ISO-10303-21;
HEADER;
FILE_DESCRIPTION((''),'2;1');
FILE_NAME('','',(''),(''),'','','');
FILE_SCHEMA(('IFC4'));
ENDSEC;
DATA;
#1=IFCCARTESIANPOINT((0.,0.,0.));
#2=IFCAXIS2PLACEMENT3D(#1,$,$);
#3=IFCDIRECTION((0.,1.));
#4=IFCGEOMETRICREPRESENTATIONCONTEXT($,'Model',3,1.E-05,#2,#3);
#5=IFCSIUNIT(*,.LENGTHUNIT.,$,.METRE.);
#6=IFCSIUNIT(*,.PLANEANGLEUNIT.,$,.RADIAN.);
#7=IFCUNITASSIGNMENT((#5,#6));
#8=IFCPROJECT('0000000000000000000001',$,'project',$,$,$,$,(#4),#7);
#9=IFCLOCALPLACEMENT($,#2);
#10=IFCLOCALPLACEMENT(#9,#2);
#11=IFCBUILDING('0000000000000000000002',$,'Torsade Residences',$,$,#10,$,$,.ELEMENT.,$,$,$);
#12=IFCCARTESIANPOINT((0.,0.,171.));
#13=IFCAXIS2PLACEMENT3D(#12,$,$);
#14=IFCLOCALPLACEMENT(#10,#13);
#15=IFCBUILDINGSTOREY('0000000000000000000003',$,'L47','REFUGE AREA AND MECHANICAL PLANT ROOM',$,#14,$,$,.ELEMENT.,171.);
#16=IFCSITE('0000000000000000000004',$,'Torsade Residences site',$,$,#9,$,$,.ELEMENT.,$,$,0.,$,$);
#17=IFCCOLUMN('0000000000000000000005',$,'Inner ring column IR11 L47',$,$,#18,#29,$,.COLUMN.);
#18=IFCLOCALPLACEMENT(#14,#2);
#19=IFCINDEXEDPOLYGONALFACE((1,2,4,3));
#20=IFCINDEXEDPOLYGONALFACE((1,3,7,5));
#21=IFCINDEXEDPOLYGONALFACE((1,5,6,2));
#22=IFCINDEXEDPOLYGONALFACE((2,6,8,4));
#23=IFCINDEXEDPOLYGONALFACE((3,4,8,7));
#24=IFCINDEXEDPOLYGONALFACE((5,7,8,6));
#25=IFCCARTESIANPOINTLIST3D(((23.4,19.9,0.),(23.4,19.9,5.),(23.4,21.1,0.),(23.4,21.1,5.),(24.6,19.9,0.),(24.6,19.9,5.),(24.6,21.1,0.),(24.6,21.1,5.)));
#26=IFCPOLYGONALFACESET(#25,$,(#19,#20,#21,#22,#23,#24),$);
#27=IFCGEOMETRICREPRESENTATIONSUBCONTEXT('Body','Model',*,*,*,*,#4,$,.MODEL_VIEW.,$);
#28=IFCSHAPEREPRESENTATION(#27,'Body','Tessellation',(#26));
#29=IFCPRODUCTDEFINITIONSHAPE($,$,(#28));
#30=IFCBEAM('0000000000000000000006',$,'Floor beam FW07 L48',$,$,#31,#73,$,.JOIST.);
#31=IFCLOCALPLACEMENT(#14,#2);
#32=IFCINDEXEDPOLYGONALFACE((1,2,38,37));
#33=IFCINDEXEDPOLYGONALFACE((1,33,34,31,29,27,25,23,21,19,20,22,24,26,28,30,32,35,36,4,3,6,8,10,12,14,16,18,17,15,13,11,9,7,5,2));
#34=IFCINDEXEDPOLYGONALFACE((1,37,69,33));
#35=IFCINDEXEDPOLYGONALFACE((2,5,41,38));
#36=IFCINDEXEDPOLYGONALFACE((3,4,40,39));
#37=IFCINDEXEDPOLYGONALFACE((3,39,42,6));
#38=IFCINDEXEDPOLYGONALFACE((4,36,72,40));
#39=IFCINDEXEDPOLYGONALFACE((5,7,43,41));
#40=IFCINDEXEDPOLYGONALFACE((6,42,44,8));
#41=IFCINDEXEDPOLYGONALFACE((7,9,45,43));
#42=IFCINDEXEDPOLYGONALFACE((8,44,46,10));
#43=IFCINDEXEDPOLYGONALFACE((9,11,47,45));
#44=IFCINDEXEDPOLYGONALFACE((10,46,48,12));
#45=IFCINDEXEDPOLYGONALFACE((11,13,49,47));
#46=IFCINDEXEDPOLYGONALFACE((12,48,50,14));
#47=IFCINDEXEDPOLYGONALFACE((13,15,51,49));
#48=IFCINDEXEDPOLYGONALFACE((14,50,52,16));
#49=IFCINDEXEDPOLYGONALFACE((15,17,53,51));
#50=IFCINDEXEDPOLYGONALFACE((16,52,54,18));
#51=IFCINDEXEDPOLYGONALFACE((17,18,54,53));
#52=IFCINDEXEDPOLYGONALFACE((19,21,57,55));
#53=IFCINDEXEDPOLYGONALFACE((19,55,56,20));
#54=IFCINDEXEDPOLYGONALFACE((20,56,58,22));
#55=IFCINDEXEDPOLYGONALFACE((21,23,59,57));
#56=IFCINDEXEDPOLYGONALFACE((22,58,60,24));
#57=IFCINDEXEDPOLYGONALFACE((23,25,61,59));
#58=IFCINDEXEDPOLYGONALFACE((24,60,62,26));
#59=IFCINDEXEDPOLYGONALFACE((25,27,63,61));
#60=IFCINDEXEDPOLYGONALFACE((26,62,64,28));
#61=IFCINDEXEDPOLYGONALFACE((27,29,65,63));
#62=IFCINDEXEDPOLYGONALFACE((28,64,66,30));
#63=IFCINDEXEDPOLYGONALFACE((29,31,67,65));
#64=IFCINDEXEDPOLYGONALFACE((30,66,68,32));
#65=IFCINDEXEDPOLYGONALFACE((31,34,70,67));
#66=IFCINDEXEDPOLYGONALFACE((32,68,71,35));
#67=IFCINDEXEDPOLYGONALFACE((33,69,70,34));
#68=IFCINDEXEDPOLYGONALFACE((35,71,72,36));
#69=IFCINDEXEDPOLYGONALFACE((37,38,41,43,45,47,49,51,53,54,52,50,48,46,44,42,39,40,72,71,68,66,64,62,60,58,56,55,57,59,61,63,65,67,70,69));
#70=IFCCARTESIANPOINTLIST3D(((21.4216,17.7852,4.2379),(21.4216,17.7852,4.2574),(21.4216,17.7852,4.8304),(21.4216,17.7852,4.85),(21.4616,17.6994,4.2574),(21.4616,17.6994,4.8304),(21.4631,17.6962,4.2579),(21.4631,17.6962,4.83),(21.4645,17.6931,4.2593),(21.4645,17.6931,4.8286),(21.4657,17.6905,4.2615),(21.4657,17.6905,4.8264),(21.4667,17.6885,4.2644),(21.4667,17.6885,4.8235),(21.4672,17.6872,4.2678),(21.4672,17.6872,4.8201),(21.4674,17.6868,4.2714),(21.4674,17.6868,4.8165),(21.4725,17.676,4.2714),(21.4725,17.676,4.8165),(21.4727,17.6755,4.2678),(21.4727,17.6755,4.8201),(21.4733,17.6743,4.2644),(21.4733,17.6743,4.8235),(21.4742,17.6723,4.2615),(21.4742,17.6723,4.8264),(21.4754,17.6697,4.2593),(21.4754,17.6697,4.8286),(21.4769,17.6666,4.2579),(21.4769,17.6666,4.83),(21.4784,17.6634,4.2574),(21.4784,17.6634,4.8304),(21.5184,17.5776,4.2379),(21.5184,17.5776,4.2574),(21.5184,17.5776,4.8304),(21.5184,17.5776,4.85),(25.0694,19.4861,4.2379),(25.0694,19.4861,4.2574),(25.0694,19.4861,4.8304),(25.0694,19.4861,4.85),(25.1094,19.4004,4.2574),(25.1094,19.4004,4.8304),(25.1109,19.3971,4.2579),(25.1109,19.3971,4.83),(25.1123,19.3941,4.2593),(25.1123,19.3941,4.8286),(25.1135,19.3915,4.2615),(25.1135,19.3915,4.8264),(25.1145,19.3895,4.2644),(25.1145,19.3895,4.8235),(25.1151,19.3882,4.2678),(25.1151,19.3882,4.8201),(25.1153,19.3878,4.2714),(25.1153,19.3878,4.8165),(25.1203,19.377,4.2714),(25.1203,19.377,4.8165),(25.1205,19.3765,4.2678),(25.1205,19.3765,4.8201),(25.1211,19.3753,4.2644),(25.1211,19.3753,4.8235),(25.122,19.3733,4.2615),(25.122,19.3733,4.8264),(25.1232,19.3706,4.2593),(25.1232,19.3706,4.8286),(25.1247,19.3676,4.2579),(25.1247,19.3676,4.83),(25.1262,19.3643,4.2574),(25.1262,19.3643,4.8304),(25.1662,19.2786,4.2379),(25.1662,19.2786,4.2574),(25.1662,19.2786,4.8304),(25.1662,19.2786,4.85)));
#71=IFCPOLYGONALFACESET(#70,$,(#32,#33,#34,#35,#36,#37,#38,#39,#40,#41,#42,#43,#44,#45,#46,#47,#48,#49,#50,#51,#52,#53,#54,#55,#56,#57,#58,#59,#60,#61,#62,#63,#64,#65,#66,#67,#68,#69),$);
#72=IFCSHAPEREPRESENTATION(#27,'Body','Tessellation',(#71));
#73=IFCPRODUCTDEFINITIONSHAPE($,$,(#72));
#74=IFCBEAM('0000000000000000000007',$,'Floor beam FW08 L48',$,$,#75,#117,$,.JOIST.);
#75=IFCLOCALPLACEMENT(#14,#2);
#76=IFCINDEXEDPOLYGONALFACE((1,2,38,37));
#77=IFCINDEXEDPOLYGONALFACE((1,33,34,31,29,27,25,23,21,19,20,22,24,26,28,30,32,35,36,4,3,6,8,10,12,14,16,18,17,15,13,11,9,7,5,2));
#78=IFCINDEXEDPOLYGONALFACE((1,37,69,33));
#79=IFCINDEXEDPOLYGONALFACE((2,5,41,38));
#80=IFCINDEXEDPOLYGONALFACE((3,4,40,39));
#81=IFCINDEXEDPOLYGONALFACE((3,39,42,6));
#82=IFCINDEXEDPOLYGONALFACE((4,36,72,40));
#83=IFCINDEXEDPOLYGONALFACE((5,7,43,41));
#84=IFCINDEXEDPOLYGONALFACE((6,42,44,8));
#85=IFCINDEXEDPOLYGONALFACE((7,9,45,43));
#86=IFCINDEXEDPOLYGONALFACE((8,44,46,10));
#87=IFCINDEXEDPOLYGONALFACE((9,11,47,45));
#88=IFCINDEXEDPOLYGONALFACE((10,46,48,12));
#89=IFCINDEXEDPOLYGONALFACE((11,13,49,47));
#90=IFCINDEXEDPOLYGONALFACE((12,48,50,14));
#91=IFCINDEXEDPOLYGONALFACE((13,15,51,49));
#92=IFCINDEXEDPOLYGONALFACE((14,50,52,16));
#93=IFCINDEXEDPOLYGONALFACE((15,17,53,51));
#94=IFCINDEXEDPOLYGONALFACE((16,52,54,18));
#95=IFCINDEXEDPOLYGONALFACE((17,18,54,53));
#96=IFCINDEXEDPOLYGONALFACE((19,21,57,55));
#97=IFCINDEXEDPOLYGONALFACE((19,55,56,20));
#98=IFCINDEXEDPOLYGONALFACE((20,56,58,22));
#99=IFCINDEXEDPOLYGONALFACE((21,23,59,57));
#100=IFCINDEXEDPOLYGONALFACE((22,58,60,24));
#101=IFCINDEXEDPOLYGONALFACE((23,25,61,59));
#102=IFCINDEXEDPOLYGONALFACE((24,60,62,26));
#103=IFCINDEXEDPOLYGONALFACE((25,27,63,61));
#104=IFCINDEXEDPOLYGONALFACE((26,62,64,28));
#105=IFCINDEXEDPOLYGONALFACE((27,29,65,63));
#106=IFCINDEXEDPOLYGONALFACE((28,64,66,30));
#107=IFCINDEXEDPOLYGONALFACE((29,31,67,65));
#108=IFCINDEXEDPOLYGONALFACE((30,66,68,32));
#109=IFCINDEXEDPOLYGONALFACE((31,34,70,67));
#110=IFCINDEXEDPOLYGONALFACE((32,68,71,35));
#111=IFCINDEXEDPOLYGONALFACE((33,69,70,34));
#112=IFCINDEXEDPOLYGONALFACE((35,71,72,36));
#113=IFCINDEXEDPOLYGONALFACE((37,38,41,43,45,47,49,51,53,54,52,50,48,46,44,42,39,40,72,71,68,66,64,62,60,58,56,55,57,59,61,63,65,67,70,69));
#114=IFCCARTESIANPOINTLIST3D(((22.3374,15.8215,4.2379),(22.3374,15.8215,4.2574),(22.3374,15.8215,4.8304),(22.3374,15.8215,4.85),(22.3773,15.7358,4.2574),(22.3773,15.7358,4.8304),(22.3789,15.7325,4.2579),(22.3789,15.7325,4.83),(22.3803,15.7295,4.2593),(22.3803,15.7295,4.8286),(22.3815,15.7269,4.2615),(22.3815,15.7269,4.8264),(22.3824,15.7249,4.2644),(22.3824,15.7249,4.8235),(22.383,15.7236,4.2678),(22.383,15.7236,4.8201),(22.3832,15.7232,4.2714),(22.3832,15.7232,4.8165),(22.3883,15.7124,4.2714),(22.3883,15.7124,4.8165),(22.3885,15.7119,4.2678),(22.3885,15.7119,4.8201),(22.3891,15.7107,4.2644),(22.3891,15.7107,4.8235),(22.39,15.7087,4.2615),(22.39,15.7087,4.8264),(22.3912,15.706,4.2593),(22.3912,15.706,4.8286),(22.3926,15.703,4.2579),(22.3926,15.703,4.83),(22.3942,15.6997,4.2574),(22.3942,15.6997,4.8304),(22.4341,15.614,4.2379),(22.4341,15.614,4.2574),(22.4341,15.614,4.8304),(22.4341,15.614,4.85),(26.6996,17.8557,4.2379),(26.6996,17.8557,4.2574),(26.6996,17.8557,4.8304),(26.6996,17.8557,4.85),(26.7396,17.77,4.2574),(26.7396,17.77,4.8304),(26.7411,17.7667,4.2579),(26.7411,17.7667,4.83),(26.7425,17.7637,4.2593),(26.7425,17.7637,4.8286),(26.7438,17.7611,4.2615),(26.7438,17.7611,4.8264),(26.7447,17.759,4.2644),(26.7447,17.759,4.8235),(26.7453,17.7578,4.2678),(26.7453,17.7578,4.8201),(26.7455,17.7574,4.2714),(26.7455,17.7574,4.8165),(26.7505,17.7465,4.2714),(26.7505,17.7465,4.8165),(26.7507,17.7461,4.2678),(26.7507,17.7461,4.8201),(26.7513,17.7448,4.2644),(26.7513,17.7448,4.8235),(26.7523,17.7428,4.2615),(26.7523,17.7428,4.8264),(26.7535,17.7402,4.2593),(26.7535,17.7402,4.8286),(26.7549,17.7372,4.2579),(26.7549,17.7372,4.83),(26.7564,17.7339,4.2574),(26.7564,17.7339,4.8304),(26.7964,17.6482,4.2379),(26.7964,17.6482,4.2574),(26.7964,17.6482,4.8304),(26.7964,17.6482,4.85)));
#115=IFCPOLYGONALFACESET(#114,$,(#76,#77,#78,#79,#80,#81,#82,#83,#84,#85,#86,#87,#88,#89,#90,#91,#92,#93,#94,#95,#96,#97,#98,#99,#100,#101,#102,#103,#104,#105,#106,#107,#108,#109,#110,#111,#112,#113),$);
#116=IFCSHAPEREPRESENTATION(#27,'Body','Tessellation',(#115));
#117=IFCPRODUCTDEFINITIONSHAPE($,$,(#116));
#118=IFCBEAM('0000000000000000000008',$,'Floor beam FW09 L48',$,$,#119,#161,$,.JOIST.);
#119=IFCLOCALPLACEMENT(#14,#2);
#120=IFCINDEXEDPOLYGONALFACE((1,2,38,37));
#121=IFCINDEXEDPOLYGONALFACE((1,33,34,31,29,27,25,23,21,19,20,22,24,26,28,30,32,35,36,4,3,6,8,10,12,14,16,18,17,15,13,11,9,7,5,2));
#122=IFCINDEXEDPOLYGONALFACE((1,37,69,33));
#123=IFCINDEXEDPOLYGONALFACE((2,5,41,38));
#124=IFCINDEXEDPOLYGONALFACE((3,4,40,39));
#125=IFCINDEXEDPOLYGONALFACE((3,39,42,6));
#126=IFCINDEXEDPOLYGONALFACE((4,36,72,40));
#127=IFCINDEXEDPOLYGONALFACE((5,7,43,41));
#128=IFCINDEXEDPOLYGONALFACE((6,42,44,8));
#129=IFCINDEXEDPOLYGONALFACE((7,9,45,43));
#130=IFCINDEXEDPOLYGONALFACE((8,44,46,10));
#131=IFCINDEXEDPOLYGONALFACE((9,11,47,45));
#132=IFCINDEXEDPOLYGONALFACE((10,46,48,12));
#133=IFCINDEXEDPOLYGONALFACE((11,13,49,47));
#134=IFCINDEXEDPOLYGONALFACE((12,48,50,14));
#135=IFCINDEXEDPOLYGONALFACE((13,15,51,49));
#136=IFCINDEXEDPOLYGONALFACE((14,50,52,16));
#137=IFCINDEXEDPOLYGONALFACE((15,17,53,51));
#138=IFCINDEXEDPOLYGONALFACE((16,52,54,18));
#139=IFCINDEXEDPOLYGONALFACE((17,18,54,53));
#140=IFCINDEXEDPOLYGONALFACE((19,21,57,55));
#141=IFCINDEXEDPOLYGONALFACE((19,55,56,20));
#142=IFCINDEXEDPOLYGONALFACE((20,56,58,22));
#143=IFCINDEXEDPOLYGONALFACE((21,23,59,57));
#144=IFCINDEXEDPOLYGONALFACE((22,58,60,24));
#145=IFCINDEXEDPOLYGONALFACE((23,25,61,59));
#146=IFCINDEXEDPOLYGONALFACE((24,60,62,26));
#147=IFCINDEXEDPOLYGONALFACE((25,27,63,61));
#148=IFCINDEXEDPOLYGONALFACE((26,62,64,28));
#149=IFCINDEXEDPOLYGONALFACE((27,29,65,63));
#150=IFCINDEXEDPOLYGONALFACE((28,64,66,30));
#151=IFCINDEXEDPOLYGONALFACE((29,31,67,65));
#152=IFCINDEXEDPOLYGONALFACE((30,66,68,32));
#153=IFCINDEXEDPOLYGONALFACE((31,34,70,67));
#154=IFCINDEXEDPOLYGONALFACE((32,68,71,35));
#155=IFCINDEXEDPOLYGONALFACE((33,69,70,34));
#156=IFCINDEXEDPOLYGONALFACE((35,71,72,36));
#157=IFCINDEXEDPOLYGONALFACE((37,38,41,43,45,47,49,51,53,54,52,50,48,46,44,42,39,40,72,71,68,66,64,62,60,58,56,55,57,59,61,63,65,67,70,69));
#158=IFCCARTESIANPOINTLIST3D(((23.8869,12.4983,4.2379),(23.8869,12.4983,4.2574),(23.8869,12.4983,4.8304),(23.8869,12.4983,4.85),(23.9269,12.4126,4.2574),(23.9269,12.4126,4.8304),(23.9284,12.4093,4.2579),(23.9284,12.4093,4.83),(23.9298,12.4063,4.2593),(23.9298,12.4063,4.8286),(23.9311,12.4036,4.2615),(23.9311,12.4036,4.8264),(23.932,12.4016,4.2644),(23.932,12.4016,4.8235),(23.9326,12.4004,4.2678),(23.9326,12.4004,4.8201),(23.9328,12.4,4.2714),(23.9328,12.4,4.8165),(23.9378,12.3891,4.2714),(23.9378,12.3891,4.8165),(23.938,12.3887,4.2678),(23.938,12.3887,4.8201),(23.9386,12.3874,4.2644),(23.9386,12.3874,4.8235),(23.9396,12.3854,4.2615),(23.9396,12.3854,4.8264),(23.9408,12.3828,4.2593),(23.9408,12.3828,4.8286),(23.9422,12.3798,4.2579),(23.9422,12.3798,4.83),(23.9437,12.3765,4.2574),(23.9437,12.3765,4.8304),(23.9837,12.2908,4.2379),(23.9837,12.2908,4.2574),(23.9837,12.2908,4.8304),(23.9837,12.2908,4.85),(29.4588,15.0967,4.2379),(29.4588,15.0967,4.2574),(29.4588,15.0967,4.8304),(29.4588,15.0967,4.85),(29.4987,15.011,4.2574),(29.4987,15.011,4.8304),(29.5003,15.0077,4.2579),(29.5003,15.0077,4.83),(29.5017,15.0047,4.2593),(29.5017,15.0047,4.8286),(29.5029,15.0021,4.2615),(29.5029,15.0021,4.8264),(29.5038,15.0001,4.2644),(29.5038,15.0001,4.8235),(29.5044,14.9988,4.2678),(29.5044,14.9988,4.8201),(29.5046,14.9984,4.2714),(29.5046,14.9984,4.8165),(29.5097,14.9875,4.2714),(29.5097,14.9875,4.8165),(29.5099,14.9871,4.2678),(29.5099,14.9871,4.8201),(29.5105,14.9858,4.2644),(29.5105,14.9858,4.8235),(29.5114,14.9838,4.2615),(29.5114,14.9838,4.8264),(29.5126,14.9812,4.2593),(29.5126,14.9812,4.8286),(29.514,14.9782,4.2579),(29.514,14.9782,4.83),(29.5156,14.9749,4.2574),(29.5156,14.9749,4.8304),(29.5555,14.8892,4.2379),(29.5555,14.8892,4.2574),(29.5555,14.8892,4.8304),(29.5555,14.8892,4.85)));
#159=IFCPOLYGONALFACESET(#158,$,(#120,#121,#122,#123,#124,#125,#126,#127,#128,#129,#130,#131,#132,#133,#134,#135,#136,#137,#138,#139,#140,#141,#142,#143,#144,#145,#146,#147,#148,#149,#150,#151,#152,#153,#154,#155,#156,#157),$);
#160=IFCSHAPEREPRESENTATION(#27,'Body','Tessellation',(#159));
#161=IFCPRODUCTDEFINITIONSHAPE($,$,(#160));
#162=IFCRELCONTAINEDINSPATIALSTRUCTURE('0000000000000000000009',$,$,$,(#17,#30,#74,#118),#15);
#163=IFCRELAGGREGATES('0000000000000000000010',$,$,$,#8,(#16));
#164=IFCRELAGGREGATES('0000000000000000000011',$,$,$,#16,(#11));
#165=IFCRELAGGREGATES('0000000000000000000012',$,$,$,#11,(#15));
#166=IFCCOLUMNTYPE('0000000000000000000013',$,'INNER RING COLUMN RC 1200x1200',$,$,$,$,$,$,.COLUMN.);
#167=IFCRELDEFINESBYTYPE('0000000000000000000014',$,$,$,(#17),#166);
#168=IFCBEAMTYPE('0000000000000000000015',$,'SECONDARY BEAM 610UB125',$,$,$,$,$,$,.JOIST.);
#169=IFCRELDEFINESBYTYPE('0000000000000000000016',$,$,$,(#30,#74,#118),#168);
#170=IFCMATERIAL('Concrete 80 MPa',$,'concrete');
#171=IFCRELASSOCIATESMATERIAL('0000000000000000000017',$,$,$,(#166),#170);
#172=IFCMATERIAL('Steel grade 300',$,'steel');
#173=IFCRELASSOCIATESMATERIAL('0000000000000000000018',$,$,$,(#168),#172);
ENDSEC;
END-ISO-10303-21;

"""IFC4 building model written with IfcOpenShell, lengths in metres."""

from ifc_helpers import new_model, si_unit, direction, frame, origin, origin_2d, place, context, subcontext, project, spatial, rectangle, i_section, extrude, material, material_profile, profile_set, type_object, element, save


model = new_model("IFC4")

# Units and contexts
model_context = context("Model", 3, precision=1e-05, world=origin(), true_north=direction((0.0, 1.0)))
body_context = subcontext(model_context, "Body", "Model", "MODEL_VIEW")
ifc_project = project(units=[si_unit("LENGTHUNIT", "METRE"), si_unit("PLANEANGLEUNIT", "RADIAN")], contexts=[model_context])

# Site, building, storey
site_placement = place(None, origin())
site = spatial("IfcSite", under=ifc_project, at=site_placement, Name="Torsade Residences site", CompositionType="ELEMENT", RefElevation=0.0)
building_placement = place(site_placement, origin())
building = spatial("IfcBuilding", under=site, at=building_placement, Name="Torsade Residences", CompositionType="ELEMENT")
storey_placement = place(building_placement, frame((0.0, 0.0, 171.0)))
storey = spatial("IfcBuildingStorey", under=building, at=storey_placement, Name="L47", Description="REFUGE AREA AND MECHANICAL PLANT ROOM", CompositionType="ELEMENT", Elevation=171.0)

# Column
ifc_material_1 = material(Name="Concrete 80 MPa", Category="concrete")
ifc_material_profile_1 = material_profile(ifc_material_1, rectangle(XDim=1.2, YDim=1.2, at=origin_2d()), Name="RC 1200x1200")
ifc_profile_set_1 = profile_set([ifc_material_profile_1], Name="Concrete 80 MPa")
column_type = type_object("IfcColumnType", Name="INNER RING COLUMN RC 1200x1200", PredefinedType="COLUMN", material=ifc_profile_set_1)
column_placement = place(storey_placement, frame((24.0, 20.5, 0.0), z_axis=(0.0, 0.0, 1.0), x_axis=(1.0, 0.0, 0.0)))
element("IfcColumn", 1, at=column_placement, inside=storey, type_object=column_type, Name="Inner ring column IR11 L47", PredefinedType="COLUMN", context=body_context, shape_type="SweptSolid", body=[
    extrude(rectangle(XDim=1.2, YDim=1.2, at=origin_2d()), origin(), (0.0, 0.0, 1.0), 5.0),
])

# Beams
ifc_material_2 = material(Name="Steel grade 300", Category="steel")
ifc_material_profile_2 = material_profile(ifc_material_2, i_section(OverallWidth=0.229, OverallDepth=0.6121, WebThickness=0.012, FlangeThickness=0.0195, FilletRadius=0.0139, at=origin_2d()), Name="610UB125")
ifc_profile_set_2 = profile_set([ifc_material_profile_2], Name="Steel grade 300")
beam_type_1 = type_object("IfcBeamType", Name="SECONDARY BEAM 610UB125", PredefinedType="JOIST", material=ifc_profile_set_2)
beam_1_placement = place(storey_placement, frame((21.47, 17.6814, 4.5439), z_axis=(0.90631, 0.422613, 0.0), x_axis=(-0.422613, 0.90631, 0.0)))
element("IfcBeam", 2, at=beam_1_placement, inside=storey, type_object=beam_type_1, Name="Floor beam FW07 L48", PredefinedType="JOIST", context=body_context, shape_type="SweptSolid", body=[
    extrude(i_section(OverallWidth=0.229, OverallDepth=0.6121, WebThickness=0.012, FlangeThickness=0.0195, FilletRadius=0.0139, at=origin_2d()), origin(), (0.0, 0.0, 1.0), 4.0249),
])
beam_2_placement = place(storey_placement, frame((22.3857, 15.7178, 4.5439), z_axis=(0.906308, 0.422619, 0.0), x_axis=(-0.422619, 0.906308, 0.0)))
element("IfcBeam", 3, at=beam_2_placement, inside=storey, type_object=beam_type_1, Name="Floor beam FW08 L48", PredefinedType="JOIST", context=body_context, shape_type="SweptSolid", body=[
    extrude(i_section(OverallWidth=0.229, OverallDepth=0.6121, WebThickness=0.012, FlangeThickness=0.0195, FilletRadius=0.0139, at=origin_2d()), origin(), (0.0, 0.0, 1.0), 4.8132),
])
beam_3_placement = place(storey_placement, frame((23.9353, 12.3945, 4.5439), z_axis=(0.906294, 0.422648, 0.0), x_axis=(-0.422648, 0.906294, 0.0)))
element("IfcBeam", 4, at=beam_3_placement, inside=storey, type_object=beam_type_1, Name="Floor beam FW09 L48", PredefinedType="JOIST", context=body_context, shape_type="SweptSolid", body=[
    extrude(i_section(OverallWidth=0.229, OverallDepth=0.6121, WebThickness=0.012, FlangeThickness=0.0195, FilletRadius=0.0139, at=origin_2d()), origin(), (0.0, 0.0, 1.0), 6.1479),
])

save(model, "model.ifc")
